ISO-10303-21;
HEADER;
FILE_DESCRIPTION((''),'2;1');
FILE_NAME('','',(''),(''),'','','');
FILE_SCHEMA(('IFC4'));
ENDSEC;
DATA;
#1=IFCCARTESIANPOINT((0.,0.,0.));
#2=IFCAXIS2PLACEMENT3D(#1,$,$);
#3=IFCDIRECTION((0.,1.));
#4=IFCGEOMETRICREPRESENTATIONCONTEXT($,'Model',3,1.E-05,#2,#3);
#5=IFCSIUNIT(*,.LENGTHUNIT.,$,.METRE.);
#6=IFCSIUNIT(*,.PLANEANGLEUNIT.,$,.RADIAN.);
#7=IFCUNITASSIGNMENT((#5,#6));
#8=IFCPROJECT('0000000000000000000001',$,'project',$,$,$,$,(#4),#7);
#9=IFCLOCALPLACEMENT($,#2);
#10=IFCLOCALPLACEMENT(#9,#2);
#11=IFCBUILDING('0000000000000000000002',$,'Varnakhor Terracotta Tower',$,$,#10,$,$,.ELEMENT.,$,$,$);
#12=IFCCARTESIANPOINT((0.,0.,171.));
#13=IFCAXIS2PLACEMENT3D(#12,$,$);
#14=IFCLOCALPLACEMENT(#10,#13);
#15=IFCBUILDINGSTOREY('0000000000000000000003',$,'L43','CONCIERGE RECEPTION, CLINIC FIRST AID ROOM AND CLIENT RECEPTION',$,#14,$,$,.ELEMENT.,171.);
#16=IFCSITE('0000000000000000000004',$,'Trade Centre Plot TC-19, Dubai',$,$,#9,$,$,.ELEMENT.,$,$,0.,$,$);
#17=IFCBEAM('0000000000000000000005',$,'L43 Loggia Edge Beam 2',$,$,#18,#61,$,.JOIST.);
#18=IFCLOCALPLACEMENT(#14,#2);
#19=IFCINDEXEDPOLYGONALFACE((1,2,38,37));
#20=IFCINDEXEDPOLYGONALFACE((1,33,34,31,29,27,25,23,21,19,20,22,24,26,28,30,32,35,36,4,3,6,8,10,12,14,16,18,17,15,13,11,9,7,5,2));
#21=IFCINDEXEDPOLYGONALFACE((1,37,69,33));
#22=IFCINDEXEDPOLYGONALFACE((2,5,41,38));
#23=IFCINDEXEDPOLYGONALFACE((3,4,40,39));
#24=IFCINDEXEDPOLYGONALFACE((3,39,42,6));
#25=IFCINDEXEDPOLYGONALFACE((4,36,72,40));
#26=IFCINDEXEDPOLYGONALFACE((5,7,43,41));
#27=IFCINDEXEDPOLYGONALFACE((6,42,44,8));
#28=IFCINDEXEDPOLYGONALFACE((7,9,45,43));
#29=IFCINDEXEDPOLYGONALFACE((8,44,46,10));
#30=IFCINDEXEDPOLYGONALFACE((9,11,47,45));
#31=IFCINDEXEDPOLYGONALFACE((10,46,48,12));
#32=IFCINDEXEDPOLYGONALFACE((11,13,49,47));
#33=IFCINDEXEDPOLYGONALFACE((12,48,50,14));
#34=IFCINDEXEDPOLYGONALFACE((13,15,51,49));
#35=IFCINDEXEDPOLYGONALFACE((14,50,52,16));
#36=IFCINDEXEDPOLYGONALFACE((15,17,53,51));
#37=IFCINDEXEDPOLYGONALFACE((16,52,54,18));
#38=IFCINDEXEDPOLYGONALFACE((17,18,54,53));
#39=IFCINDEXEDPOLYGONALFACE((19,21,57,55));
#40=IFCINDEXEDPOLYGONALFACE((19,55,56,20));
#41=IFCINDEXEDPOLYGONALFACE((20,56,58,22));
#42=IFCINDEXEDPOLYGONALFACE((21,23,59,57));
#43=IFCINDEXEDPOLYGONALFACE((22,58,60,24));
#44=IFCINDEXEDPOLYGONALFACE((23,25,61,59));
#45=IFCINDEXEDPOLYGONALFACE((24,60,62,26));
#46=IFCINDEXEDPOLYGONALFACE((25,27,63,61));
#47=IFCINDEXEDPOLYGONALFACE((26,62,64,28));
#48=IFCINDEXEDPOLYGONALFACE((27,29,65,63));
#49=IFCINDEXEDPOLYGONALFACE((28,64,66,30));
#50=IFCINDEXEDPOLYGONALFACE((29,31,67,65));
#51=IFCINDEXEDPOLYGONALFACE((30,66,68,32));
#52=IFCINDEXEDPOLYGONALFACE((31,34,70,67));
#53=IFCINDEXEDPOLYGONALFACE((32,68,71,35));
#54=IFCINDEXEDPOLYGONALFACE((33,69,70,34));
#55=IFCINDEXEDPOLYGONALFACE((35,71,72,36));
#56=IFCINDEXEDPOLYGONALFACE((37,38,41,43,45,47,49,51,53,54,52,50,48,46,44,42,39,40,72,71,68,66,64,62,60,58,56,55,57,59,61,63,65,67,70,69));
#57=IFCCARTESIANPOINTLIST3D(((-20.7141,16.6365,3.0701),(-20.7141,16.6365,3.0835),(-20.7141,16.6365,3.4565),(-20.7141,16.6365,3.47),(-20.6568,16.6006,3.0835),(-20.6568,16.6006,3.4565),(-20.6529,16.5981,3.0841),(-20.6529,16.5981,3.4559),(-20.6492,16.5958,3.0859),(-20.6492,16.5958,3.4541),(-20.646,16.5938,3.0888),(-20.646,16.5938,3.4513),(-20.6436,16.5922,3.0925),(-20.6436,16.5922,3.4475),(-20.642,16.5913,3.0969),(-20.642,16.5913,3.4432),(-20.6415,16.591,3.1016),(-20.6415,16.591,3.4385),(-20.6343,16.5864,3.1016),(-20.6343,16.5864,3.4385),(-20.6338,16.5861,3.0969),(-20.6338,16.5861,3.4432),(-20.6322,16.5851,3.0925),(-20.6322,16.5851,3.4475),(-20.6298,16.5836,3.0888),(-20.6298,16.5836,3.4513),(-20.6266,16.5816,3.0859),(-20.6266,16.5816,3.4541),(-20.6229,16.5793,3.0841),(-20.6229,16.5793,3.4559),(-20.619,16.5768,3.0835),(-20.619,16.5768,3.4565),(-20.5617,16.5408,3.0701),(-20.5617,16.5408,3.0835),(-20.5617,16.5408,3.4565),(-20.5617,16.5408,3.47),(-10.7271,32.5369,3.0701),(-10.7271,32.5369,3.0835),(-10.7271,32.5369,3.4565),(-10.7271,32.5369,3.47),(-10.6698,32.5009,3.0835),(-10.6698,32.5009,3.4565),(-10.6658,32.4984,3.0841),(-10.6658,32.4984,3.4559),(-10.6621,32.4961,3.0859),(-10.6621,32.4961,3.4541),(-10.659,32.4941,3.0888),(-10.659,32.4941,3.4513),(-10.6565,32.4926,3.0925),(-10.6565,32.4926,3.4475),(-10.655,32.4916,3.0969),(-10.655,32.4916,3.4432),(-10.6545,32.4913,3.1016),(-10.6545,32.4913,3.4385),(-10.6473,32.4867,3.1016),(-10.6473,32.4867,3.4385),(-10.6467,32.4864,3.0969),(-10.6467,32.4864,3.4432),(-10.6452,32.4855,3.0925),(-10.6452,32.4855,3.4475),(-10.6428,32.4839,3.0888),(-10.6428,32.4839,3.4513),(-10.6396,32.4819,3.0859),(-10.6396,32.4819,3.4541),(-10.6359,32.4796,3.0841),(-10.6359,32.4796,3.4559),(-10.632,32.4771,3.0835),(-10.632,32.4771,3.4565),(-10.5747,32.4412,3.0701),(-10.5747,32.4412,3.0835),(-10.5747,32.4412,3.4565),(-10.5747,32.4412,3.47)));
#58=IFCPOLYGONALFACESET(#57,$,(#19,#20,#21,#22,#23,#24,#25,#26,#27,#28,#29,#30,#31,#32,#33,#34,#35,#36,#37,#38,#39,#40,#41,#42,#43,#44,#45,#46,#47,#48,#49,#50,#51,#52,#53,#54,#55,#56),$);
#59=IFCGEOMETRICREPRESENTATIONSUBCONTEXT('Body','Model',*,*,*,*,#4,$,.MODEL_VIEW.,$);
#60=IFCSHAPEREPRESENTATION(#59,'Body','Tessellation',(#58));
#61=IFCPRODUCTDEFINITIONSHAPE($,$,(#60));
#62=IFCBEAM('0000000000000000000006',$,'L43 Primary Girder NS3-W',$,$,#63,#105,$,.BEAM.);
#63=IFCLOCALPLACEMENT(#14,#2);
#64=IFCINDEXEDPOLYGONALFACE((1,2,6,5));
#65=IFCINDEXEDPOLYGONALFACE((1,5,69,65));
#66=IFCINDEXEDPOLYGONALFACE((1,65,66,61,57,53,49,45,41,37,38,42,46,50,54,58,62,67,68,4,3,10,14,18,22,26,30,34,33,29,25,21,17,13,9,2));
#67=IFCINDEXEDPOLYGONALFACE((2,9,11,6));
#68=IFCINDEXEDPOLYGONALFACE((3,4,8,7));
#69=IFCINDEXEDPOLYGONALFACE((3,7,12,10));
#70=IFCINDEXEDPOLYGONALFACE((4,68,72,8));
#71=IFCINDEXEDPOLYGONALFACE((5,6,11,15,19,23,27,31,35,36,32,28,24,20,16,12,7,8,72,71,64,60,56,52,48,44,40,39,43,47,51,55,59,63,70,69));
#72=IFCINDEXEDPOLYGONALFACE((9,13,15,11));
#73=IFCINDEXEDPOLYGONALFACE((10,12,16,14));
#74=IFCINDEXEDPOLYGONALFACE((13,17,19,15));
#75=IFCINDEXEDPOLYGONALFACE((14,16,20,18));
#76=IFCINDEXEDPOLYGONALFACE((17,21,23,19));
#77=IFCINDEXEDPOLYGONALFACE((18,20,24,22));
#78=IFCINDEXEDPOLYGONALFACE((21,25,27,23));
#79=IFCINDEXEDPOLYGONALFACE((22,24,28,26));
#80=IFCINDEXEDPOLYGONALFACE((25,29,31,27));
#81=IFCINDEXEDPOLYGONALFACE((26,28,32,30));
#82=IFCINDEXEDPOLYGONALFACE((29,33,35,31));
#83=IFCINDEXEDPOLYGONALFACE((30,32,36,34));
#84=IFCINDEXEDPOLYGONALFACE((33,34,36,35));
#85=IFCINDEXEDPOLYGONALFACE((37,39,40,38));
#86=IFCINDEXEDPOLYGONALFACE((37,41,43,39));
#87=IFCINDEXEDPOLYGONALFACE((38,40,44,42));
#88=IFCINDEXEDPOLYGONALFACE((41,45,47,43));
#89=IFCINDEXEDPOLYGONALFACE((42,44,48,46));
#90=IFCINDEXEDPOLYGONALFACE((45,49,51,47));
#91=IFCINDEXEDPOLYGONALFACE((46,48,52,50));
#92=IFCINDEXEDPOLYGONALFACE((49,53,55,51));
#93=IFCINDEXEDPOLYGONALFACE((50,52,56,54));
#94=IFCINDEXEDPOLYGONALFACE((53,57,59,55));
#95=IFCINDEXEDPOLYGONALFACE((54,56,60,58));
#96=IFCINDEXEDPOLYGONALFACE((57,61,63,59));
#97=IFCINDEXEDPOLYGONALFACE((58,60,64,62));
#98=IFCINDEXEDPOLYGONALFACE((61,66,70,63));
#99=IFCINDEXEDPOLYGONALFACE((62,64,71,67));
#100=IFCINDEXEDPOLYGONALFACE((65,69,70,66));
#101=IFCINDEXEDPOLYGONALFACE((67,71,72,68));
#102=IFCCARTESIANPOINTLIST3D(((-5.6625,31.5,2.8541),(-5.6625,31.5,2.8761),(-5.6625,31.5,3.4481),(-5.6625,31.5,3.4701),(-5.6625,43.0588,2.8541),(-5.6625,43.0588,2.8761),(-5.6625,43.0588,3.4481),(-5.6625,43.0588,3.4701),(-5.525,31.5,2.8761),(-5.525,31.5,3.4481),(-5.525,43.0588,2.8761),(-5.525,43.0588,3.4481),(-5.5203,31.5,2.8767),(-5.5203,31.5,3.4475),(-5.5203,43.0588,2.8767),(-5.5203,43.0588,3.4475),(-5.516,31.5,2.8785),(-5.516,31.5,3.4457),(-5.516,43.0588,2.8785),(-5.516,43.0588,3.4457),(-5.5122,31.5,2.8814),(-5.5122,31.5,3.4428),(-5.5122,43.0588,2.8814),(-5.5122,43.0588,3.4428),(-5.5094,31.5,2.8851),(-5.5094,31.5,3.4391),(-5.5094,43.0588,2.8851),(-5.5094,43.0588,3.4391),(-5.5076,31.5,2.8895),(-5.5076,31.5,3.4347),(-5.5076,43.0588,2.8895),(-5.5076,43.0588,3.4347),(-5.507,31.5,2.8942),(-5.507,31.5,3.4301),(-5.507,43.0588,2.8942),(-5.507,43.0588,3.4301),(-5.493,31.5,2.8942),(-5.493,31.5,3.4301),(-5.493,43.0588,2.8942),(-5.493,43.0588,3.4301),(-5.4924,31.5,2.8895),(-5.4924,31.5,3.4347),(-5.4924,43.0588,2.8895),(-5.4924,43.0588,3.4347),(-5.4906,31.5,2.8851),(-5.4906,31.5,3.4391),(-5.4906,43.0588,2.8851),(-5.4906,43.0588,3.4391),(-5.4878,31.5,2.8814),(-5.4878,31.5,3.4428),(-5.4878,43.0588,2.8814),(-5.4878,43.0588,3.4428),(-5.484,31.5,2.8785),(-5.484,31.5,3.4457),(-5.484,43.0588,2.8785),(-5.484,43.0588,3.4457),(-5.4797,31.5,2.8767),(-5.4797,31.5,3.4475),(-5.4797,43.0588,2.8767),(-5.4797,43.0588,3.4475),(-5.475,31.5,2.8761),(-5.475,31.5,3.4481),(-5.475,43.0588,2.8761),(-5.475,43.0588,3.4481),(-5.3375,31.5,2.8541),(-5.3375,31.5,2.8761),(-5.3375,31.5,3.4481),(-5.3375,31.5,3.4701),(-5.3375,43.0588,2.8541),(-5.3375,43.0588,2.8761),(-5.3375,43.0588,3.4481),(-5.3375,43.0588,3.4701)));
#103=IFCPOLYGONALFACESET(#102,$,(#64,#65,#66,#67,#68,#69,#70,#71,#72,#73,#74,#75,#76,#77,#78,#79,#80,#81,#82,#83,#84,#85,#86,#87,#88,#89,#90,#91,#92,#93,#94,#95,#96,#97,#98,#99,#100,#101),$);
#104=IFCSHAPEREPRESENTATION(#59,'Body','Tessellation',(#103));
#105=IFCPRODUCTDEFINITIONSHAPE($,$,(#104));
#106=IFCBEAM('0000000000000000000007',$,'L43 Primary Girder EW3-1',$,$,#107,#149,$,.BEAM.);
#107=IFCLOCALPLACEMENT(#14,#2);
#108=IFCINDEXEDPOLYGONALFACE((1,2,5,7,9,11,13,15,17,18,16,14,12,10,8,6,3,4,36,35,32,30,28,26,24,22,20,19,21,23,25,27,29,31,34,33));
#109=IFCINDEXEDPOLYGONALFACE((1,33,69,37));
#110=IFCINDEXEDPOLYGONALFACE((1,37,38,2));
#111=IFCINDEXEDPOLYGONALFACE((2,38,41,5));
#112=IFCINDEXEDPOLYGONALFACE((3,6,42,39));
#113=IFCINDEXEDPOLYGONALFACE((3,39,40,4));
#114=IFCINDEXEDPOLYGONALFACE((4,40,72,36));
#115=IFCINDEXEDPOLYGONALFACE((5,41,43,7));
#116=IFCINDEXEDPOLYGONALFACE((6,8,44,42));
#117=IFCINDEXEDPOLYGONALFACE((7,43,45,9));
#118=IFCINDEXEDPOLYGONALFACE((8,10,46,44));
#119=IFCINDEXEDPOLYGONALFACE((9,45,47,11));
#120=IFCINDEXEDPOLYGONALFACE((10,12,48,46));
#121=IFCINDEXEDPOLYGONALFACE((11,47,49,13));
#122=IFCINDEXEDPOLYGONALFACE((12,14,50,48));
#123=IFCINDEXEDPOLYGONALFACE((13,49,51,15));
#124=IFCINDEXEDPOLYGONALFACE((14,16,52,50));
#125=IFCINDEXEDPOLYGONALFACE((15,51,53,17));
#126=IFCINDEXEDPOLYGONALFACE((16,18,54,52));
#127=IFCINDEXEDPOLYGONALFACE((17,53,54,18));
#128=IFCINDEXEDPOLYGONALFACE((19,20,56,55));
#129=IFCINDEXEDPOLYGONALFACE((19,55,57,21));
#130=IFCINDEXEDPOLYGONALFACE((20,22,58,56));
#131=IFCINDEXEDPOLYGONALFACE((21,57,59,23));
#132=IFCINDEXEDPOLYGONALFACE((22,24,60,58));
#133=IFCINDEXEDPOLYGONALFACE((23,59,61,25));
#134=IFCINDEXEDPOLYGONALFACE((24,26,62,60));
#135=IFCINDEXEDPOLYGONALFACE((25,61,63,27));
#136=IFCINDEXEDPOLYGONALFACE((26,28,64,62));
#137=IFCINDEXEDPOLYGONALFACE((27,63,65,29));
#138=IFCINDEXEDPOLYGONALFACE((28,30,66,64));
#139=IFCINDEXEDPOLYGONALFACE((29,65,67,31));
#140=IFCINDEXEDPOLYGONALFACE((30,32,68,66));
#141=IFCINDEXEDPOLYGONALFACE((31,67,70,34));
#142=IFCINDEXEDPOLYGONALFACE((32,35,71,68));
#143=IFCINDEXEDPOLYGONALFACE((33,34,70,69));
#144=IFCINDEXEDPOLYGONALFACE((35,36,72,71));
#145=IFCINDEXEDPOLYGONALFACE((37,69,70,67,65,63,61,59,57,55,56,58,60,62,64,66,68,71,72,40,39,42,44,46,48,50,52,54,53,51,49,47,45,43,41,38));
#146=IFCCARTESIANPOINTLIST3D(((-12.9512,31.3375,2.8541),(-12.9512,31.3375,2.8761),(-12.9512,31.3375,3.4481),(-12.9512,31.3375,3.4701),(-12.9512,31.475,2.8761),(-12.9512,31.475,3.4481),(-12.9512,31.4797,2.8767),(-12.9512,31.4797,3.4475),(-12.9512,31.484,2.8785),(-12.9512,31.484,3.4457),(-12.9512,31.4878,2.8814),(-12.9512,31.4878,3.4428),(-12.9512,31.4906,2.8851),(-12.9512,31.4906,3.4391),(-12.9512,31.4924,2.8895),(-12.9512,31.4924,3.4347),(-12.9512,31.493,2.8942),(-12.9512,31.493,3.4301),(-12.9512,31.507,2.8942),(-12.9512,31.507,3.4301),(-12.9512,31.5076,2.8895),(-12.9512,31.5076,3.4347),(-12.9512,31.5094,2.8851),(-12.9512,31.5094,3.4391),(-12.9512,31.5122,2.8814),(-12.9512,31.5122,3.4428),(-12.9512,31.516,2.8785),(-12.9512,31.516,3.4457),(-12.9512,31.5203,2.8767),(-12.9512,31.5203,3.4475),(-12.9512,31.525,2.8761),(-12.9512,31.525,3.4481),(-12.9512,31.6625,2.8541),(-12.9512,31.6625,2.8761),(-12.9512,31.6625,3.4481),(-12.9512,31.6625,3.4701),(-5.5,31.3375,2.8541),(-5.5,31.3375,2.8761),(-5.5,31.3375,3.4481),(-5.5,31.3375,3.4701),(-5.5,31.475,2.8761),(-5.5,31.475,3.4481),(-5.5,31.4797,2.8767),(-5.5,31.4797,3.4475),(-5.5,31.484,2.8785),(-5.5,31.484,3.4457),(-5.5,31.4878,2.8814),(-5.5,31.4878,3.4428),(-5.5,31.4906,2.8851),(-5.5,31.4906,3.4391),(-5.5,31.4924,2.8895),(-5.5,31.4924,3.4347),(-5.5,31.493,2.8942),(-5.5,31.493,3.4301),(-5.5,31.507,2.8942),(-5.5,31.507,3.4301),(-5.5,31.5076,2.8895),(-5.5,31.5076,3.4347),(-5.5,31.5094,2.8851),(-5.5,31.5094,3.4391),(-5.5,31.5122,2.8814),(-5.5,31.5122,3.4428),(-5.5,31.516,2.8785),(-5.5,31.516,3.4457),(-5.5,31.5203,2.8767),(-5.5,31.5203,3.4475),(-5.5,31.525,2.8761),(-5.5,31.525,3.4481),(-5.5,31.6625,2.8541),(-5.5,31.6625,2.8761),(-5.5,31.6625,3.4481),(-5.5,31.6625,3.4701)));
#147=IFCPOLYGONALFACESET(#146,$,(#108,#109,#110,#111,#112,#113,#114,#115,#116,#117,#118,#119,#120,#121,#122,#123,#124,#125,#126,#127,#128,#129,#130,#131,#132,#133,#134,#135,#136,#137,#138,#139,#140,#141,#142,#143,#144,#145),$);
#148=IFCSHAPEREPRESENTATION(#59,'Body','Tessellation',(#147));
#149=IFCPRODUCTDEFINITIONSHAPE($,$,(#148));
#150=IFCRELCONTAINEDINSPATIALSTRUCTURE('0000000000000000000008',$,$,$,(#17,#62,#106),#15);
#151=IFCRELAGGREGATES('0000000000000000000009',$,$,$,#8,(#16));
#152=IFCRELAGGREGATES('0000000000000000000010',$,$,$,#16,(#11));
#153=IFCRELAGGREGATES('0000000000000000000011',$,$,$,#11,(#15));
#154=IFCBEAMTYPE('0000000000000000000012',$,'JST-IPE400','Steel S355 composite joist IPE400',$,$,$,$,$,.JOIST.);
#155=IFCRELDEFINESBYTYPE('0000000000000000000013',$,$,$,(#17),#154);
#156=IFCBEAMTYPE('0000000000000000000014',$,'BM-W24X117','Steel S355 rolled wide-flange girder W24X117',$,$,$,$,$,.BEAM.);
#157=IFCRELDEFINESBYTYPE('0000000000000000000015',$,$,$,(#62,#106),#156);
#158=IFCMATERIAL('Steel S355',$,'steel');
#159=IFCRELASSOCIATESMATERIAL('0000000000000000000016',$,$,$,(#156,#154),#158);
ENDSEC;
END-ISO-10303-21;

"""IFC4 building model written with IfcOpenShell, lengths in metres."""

from ifc_helpers import new_model, si_unit, direction, frame, origin, origin_2d, place, context, subcontext, project, spatial, i_section, extrude, source, transform, mapped, material, material_profile, profile_set, type_object, element, save


model = new_model("IFC4")

# Units and contexts
model_context = context("Model", 3, precision=1e-05, world=origin(), true_north=direction((0.0, 1.0)))
body_context = subcontext(model_context, "Body", "Model", "MODEL_VIEW")
ifc_project = project(units=[si_unit("LENGTHUNIT", "METRE"), si_unit("PLANEANGLEUNIT", "RADIAN")], contexts=[model_context])

# Site, building, storey
site_placement = place(None, origin())
site = spatial("IfcSite", under=ifc_project, at=site_placement, Name="Trade Centre Plot TC-19, Dubai", CompositionType="ELEMENT", RefElevation=0.0)
building_placement = place(site_placement, origin())
building = spatial("IfcBuilding", under=site, at=building_placement, Name="Varnakhor Terracotta Tower", CompositionType="ELEMENT")
storey_placement = place(building_placement, frame((0.0, 0.0, 171.0)))
storey = spatial("IfcBuildingStorey", under=building, at=storey_placement, Name="L43", Description="CONCIERGE RECEPTION, CLINIC FIRST AID ROOM AND CLIENT RECEPTION", CompositionType="ELEMENT", Elevation=171.0)

# Beams
ifc_material_1 = material(Name="Steel S355", Category="steel")
ifc_material_profile_1 = material_profile(ifc_material_1, i_section(OverallWidth=0.325, OverallDepth=0.616, WebThickness=0.0139, FlangeThickness=0.022, FilletRadius=0.0181, at=origin_2d()), Name="W24X117")
ifc_profile_set_1 = profile_set([ifc_material_profile_1], Name="Steel S355")
beam_type_1 = type_object("IfcBeamType", Name="BM-W24X117", Description="Steel S355 rolled wide-flange girder W24X117", PredefinedType="BEAM", material=ifc_profile_set_1)
ifc_material_profile_2 = material_profile(ifc_material_1, i_section(OverallWidth=0.1799, OverallDepth=0.3999, WebThickness=0.0085, FlangeThickness=0.0134, FilletRadius=0.0181, at=origin_2d()), Name="IPE400")
ifc_profile_set_2 = profile_set([ifc_material_profile_2], Name="Steel S355")
beam_type_2 = type_object("IfcBeamType", Name="JST-IPE400", Description="Steel S355 composite joist IPE400", PredefinedType="JOIST", material=ifc_profile_set_2)
shared_shape_1 = source(origin(), body_context, "Body", "SweptSolid", [
    extrude(i_section(OverallWidth=0.1799, OverallDepth=0.3999, WebThickness=0.0085, FlangeThickness=0.0134, FilletRadius=0.0181, at=origin_2d()), origin(), (0.0, 0.0, 1.0), 18.7766),
])
beam_1_placement = place(storey_placement, frame((-10.6509, 32.489, 3.27), z_axis=(-0.531886, -0.846816, 0.0), x_axis=(0.846816, -0.531886, 0.0)))
element("IfcBeam", 1, at=beam_1_placement, inside=storey, type_object=beam_type_2, Name="L43 Loggia Edge Beam 2", PredefinedType="JOIST", context=body_context, shape_type="MappedRepresentation", body=[
    mapped(shared_shape_1, transform((0.0, 0.0, 0.0), scale=1.0)),
])
shared_shape_2 = source(origin(), body_context, "Body", "SweptSolid", [
    extrude(i_section(OverallWidth=0.325, OverallDepth=0.616, WebThickness=0.0139, FlangeThickness=0.022, FilletRadius=0.0181, at=origin_2d()), origin(), (0.0, 0.0, 1.0), 11.5588),
])
beam_2_placement = place(storey_placement, frame((-5.5, 31.5, 3.1621), z_axis=(0.0, 1.0, 0.0), x_axis=(-1.0, 0.0, 0.0)))
element("IfcBeam", 2, at=beam_2_placement, inside=storey, type_object=beam_type_1, Name="L43 Primary Girder NS3-W", PredefinedType="BEAM", context=body_context, shape_type="MappedRepresentation", body=[
    mapped(shared_shape_2, transform((0.0, 0.0, 0.0), scale=1.0)),
])
shared_shape_3 = source(origin(), body_context, "Body", "SweptSolid", [
    extrude(i_section(OverallWidth=0.325, OverallDepth=0.616, WebThickness=0.0139, FlangeThickness=0.022, FilletRadius=0.0181, at=origin_2d()), origin(), (0.0, 0.0, 1.0), 7.4512),
])
beam_3_placement = place(storey_placement, frame((-12.9512, 31.5, 3.1621), z_axis=(1.0, 0.0, 0.0), x_axis=(0.0, 1.0, 0.0)))
element("IfcBeam", 3, at=beam_3_placement, inside=storey, type_object=beam_type_1, Name="L43 Primary Girder EW3-1", PredefinedType="BEAM", context=body_context, shape_type="MappedRepresentation", body=[
    mapped(shared_shape_3, transform((0.0, 0.0, 0.0), scale=1.0)),
])

save(model, "model.ifc")
